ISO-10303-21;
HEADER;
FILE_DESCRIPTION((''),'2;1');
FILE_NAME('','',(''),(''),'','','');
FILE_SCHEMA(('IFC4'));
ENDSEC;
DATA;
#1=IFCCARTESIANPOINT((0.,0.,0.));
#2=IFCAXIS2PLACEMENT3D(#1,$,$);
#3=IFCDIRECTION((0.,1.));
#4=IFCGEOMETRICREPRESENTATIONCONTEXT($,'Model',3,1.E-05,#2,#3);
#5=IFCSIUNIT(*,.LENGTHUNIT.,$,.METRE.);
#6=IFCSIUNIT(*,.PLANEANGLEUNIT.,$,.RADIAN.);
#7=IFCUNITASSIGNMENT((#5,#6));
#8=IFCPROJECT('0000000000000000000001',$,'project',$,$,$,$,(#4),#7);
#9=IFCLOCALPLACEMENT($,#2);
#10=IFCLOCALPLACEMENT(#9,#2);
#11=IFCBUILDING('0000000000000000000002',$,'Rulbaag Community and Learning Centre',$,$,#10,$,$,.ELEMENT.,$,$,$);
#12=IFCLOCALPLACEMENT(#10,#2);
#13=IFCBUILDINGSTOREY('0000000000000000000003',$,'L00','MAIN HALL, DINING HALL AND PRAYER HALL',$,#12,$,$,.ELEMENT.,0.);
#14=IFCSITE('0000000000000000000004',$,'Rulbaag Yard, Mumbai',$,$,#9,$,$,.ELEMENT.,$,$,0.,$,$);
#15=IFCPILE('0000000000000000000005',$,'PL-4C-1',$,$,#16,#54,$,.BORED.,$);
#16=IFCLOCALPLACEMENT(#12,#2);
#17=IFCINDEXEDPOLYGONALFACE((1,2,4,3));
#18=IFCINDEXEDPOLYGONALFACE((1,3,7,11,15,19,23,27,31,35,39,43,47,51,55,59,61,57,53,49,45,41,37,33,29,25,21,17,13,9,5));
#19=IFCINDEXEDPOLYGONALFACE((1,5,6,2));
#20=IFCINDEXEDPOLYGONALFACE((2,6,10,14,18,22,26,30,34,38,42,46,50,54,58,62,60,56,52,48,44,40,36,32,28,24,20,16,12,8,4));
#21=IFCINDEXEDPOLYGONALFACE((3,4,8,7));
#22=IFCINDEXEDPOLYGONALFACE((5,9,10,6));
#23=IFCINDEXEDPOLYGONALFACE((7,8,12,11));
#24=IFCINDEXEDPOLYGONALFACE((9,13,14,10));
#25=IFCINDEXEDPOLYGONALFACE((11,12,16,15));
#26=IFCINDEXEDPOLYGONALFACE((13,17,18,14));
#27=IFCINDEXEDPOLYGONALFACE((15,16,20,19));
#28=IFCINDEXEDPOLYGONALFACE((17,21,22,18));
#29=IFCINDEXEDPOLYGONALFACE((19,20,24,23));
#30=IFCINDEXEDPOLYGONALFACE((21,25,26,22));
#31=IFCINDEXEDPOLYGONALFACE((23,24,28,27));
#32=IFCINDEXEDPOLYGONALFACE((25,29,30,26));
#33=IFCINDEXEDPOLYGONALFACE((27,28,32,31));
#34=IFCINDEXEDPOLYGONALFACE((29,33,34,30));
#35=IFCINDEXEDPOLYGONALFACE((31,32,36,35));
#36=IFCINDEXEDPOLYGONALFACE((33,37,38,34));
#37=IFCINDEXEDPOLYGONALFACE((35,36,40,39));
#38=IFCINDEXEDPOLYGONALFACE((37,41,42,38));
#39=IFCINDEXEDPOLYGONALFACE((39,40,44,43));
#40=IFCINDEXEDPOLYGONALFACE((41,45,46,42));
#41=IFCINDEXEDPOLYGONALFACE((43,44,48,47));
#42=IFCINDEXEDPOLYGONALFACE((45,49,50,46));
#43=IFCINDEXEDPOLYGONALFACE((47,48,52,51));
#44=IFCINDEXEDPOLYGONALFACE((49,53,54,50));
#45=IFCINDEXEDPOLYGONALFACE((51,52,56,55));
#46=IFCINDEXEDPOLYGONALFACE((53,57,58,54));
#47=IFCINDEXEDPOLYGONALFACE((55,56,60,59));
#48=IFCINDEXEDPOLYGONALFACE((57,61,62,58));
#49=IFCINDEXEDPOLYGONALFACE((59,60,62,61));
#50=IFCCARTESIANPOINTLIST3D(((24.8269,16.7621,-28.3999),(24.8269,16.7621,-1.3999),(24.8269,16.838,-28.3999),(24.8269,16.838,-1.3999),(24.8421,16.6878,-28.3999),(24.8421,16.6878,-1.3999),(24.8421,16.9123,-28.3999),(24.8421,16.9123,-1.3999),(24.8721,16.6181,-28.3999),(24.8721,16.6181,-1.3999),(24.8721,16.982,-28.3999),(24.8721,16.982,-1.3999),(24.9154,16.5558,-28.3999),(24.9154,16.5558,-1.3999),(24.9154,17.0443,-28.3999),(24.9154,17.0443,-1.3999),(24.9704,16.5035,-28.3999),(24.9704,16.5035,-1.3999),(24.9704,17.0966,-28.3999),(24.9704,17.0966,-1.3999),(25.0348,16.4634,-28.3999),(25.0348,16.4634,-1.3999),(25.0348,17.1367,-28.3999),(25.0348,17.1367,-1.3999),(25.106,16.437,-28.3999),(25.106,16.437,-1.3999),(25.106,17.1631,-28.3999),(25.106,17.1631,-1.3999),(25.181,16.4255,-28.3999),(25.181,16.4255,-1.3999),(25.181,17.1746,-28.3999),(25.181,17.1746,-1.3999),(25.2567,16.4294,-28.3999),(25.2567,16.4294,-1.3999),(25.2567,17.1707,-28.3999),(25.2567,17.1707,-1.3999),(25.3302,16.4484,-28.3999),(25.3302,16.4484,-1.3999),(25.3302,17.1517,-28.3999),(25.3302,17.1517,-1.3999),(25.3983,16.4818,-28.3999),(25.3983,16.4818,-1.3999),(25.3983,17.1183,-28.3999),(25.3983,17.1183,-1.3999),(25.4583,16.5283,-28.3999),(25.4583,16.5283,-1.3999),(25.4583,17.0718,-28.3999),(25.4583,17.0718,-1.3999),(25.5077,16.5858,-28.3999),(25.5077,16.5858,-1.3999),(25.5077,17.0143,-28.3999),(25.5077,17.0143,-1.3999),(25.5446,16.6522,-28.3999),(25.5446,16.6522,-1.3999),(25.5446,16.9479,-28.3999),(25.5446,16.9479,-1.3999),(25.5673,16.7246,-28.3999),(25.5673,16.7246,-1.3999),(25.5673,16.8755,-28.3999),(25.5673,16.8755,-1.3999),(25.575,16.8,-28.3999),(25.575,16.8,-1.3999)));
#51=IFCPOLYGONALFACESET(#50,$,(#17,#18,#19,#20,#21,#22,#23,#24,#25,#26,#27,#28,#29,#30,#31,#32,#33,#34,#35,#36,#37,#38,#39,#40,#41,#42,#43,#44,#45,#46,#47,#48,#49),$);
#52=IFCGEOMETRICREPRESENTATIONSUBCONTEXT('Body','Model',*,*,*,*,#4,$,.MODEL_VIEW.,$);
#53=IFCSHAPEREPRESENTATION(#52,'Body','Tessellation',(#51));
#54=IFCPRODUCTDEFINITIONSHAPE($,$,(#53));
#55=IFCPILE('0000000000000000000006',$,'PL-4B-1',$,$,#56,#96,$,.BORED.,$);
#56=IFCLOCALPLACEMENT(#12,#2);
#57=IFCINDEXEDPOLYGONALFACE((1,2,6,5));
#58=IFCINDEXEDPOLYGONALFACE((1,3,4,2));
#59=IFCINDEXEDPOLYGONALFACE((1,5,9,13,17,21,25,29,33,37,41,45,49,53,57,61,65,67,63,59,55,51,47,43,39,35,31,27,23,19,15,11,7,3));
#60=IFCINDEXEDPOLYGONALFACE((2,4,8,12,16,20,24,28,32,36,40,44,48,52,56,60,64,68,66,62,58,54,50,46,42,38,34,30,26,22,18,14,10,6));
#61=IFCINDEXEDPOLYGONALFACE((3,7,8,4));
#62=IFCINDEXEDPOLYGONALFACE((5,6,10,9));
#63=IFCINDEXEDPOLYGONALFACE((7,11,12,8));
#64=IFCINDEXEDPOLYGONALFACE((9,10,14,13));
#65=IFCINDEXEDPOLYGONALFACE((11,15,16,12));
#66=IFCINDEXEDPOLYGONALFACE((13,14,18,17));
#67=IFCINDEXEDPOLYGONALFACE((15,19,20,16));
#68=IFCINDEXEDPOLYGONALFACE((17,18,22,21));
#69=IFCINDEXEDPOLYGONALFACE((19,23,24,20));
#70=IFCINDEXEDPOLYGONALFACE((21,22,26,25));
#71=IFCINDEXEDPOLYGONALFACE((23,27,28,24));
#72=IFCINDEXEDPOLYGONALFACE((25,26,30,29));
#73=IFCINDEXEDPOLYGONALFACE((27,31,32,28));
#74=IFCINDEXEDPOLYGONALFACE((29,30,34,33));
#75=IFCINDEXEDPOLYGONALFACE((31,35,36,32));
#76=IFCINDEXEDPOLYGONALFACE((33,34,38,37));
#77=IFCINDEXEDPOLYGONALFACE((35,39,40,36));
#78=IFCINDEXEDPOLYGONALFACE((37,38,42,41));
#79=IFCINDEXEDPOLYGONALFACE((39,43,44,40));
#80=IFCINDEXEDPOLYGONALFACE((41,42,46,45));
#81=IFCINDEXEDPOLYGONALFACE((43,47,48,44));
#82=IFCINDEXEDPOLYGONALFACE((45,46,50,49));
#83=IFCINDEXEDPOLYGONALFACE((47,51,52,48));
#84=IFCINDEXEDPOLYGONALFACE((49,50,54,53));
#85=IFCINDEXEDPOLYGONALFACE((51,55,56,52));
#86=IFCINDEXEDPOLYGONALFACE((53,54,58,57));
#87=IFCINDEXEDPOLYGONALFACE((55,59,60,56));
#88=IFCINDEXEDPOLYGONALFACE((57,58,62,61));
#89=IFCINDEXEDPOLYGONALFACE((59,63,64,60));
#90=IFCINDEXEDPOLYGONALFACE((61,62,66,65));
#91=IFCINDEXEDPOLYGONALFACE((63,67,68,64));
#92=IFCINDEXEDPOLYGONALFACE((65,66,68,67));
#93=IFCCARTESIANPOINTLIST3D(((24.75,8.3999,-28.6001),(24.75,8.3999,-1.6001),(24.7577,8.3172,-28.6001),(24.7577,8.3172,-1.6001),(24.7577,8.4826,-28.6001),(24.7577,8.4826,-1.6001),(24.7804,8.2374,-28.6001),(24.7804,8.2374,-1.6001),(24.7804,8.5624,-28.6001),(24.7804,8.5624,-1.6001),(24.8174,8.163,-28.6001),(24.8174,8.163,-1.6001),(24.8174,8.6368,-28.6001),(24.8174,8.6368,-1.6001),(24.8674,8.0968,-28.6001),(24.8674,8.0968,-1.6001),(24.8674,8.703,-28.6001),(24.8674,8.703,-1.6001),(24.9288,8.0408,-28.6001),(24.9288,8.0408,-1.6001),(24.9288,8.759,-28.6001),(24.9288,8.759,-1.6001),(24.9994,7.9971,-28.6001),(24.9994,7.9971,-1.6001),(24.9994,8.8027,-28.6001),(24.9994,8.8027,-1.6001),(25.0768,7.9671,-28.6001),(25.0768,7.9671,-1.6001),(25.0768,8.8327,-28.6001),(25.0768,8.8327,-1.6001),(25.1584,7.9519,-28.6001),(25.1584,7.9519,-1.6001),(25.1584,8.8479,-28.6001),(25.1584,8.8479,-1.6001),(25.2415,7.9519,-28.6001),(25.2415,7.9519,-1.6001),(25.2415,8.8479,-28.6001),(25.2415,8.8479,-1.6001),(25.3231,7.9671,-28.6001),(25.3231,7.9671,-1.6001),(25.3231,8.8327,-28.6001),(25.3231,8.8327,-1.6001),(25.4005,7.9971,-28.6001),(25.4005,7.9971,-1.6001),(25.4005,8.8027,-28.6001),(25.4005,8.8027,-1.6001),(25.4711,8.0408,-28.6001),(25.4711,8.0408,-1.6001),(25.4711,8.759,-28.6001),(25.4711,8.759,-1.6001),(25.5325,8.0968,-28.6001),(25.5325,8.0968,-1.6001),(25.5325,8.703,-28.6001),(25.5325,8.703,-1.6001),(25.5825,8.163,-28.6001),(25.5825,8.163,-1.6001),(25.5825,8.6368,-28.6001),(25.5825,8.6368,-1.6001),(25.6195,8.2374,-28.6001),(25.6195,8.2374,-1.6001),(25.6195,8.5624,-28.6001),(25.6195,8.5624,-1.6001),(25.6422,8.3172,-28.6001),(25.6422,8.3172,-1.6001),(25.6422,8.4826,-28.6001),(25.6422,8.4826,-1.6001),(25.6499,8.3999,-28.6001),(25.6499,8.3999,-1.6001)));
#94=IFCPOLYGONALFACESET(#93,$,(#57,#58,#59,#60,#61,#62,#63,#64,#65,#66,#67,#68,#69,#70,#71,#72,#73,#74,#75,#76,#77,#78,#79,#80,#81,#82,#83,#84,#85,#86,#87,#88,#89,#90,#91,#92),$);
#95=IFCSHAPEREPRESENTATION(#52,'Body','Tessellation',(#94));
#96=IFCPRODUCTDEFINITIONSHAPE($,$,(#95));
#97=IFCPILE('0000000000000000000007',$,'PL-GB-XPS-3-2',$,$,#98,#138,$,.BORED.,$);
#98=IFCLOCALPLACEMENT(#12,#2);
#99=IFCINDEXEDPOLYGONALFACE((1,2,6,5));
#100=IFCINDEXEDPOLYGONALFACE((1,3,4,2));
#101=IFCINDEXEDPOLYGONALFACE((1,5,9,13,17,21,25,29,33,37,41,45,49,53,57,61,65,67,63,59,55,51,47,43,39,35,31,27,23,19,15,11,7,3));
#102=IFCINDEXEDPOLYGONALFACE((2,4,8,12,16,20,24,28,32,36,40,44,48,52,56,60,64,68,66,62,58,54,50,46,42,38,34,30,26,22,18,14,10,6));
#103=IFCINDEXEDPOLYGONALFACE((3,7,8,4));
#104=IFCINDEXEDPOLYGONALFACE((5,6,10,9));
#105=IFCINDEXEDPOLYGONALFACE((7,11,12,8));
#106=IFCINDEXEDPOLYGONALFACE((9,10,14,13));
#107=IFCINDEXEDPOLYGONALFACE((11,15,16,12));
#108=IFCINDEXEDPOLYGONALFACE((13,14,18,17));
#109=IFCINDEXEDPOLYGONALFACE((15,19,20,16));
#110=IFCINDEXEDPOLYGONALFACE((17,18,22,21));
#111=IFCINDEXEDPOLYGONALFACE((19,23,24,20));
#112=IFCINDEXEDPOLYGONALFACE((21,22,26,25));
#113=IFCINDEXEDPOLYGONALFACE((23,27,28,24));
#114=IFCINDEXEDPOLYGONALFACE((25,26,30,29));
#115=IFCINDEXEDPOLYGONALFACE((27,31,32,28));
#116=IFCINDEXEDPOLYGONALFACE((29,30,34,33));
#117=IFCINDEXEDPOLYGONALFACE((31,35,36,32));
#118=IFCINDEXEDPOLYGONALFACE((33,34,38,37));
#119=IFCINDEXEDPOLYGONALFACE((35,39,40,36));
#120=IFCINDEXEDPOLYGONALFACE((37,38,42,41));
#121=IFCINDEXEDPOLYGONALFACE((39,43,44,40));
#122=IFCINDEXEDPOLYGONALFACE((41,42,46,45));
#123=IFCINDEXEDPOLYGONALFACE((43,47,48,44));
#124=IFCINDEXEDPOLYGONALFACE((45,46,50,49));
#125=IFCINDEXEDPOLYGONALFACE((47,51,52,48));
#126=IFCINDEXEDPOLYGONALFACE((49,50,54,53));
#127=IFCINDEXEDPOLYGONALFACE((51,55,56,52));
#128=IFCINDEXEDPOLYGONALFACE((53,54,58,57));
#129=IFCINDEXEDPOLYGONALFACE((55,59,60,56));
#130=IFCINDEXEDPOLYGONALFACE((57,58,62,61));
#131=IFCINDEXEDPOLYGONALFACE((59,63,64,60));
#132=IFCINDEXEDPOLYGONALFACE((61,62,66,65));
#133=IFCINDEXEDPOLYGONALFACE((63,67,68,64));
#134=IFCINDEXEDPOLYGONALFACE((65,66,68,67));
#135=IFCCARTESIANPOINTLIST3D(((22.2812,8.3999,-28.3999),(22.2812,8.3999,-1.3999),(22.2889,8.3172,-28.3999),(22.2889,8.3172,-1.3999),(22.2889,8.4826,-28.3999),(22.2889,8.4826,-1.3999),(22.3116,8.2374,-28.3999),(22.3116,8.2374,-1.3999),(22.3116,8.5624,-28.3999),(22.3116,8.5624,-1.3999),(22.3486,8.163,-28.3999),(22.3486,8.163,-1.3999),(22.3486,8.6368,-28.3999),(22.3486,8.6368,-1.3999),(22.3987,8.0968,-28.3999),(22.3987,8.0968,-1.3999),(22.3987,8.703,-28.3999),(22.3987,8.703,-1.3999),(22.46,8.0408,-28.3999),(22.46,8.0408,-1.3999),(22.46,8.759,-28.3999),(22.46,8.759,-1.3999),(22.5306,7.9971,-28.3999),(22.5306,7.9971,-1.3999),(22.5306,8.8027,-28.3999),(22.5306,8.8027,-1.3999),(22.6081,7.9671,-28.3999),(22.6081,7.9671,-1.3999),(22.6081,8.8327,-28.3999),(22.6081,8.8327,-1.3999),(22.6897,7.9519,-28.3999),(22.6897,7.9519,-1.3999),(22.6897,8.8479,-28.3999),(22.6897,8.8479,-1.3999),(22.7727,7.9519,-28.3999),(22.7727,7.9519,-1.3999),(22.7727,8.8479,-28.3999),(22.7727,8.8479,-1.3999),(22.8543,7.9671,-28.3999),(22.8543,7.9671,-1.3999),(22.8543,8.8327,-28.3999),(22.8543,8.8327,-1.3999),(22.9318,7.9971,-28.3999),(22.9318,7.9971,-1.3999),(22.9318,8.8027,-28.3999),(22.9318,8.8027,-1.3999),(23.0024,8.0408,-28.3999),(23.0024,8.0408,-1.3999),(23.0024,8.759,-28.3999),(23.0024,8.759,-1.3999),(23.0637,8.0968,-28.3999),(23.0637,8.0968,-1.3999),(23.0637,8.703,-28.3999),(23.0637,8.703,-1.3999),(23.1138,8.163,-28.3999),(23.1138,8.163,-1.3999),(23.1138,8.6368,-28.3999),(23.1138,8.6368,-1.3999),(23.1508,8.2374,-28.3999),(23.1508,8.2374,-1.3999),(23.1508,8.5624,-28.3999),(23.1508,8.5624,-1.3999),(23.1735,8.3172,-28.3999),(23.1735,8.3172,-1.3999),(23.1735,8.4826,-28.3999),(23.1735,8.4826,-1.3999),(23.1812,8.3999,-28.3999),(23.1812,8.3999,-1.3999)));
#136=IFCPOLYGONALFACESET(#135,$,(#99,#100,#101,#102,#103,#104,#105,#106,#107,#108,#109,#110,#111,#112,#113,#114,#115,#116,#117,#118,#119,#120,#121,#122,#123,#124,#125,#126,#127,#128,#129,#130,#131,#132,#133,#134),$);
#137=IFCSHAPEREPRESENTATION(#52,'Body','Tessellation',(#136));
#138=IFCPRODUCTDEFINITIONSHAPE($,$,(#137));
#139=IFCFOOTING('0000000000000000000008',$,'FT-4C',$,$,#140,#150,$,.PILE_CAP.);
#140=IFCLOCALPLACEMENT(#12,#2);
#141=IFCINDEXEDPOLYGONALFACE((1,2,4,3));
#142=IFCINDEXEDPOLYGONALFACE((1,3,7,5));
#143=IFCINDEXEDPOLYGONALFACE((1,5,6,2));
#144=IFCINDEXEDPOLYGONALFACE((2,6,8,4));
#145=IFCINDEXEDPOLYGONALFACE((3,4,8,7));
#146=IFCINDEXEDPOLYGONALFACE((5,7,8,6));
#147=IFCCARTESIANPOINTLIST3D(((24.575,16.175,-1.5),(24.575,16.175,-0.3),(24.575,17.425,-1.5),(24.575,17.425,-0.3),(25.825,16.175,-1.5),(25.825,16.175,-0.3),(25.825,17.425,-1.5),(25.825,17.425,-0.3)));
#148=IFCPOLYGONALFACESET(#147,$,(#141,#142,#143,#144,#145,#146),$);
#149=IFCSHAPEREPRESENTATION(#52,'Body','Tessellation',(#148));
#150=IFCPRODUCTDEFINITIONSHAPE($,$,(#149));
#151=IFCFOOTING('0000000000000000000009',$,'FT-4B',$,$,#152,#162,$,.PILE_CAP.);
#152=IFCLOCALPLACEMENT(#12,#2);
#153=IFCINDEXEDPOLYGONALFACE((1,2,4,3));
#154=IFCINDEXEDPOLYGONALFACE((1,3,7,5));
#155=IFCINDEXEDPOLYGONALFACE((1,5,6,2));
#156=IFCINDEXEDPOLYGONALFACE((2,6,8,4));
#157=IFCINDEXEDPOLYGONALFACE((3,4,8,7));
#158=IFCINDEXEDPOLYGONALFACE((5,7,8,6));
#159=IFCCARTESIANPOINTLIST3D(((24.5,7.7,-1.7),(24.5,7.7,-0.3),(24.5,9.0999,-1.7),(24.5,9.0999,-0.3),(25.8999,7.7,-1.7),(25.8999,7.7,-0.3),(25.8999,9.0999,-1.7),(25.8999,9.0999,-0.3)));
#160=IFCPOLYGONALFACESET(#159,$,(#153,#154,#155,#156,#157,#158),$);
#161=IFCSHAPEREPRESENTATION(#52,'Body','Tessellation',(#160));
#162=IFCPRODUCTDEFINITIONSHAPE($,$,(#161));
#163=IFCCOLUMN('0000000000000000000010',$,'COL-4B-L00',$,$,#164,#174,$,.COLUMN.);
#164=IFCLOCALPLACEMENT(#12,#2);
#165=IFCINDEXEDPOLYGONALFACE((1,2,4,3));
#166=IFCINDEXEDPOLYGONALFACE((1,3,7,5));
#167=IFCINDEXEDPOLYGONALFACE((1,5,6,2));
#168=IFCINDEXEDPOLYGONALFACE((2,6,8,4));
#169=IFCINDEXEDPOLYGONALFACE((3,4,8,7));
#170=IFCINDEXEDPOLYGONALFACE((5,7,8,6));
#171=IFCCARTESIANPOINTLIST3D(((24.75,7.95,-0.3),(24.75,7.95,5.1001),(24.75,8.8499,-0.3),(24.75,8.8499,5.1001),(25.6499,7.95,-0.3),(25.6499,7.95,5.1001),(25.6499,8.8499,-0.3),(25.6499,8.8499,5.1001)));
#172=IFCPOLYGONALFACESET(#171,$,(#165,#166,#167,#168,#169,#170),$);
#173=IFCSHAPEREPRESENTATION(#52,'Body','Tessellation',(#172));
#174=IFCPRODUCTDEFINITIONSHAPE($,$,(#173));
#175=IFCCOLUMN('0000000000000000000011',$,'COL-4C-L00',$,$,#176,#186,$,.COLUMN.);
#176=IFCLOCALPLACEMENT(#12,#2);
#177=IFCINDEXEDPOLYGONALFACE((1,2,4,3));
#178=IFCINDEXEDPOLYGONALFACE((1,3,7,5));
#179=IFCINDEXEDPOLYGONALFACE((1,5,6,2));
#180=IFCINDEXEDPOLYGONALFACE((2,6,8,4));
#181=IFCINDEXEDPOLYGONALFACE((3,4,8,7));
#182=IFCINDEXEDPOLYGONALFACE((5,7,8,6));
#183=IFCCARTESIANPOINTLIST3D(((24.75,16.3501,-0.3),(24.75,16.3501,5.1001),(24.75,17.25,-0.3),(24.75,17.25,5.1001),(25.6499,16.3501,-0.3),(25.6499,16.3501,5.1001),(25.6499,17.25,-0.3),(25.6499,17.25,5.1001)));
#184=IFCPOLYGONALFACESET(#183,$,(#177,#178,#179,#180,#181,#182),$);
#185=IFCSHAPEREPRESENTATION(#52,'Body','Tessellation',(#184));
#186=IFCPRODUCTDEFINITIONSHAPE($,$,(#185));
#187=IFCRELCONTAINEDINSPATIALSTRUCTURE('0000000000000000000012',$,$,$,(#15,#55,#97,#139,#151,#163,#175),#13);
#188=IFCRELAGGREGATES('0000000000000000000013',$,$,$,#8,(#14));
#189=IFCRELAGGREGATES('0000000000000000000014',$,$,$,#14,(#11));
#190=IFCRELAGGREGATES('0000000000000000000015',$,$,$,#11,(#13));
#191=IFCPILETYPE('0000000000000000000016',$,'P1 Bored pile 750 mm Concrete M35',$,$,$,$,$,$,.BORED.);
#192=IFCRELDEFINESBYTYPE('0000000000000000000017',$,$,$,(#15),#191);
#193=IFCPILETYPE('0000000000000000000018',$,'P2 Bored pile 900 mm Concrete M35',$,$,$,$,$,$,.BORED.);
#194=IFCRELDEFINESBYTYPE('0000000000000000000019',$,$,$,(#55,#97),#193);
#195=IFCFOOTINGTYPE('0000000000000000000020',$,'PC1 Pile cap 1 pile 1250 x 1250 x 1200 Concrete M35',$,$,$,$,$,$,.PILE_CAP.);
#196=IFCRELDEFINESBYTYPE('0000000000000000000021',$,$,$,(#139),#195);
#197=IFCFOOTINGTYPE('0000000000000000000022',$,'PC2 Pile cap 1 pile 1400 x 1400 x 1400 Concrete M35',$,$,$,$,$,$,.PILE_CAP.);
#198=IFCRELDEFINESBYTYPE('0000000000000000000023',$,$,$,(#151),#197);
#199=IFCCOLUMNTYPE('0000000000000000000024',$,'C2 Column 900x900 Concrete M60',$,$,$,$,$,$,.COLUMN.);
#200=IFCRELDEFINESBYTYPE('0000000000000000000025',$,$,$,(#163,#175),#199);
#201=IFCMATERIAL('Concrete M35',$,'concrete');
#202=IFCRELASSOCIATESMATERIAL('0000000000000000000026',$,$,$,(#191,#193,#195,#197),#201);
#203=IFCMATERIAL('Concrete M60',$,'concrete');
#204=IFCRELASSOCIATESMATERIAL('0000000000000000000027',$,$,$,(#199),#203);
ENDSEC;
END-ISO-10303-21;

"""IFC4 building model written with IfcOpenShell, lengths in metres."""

from ifc_helpers import new_model, si_unit, direction, frame, origin, origin_2d, place, context, subcontext, project, spatial, rectangle, circle, extrude, material, material_profile, profile_set, type_object, element, save


model = new_model("IFC4")

# Units and contexts
model_context = context("Model", 3, precision=1e-05, world=origin(), true_north=direction((0.0, 1.0)))
body_context = subcontext(model_context, "Body", "Model", "MODEL_VIEW")
ifc_project = project(units=[si_unit("LENGTHUNIT", "METRE"), si_unit("PLANEANGLEUNIT", "RADIAN")], contexts=[model_context])

# Site, building, storey
site_placement = place(None, origin())
site = spatial("IfcSite", under=ifc_project, at=site_placement, Name="Rulbaag Yard, Mumbai", CompositionType="ELEMENT", RefElevation=0.0)
building_placement = place(site_placement, origin())
building = spatial("IfcBuilding", under=site, at=building_placement, Name="Rulbaag Community and Learning Centre", CompositionType="ELEMENT")
storey_placement = place(building_placement, origin())
storey = spatial("IfcBuildingStorey", under=building, at=storey_placement, Name="L00", Description="MAIN HALL, DINING HALL AND PRAYER HALL", CompositionType="ELEMENT", Elevation=0.0)

# Piles
ifc_material_1 = material(Name="Concrete M35", Category="concrete")
ifc_material_profile_1 = material_profile(ifc_material_1, circle(Radius=0.375, at=origin_2d()), Name="BP750")
ifc_profile_set_1 = profile_set([ifc_material_profile_1], Name="Concrete M35")
pile_type_1 = type_object("IfcPileType", Name="P1 Bored pile 750 mm Concrete M35", PredefinedType="BORED", material=ifc_profile_set_1)
pile_placement = place(storey_placement, frame((25.2, 16.8, -1.3999), z_axis=(0.0, 0.0, -1.0), x_axis=(1.0, 0.0, 0.0)))
element("IfcPile", 1, at=pile_placement, inside=storey, type_object=pile_type_1, Name="PL-4C-1", PredefinedType="BORED", context=body_context, shape_type="SweptSolid", body=[
    extrude(circle(Radius=0.375, at=origin_2d()), origin(), (0.0, 0.0, 1.0), 27.0),
])
ifc_material_profile_2 = material_profile(ifc_material_1, circle(Radius=0.45, at=origin_2d()), Name="BP900")
ifc_profile_set_2 = profile_set([ifc_material_profile_2], Name="Concrete M35")
pile_type_2 = type_object("IfcPileType", Name="P2 Bored pile 900 mm Concrete M35", PredefinedType="BORED", material=ifc_profile_set_2)
for number, where, z_axis, x_axis, name in (
    (2, (25.2, 8.3999, -1.6001), (0.0, 0.0, -1.0), (1.0, 0.0, 0.0), "PL-4B-1"),
    (3, (22.7312, 8.3999, -1.3999), (0.0, 0.0, -1.0), (1.0, 0.0, 0.0), "PL-GB-XPS-3-2"),
):
    element("IfcPile", number, at=place(storey_placement, frame(where, z_axis=z_axis, x_axis=x_axis)), inside=storey, type_object=pile_type_2, Name=name, PredefinedType="BORED", context=body_context, shape_type="SweptSolid", body=[
        extrude(circle(Radius=0.45, at=origin_2d()), origin(), (0.0, 0.0, 1.0), 27.0),
    ])

# Footings
footing_type_1 = type_object("IfcFootingType", Name="PC1 Pile cap 1 pile 1250 x 1250 x 1200 Concrete M35", PredefinedType="PILE_CAP", material=ifc_material_1)
footing_1_placement = place(storey_placement, frame((25.2, 16.8, -1.5), z_axis=(0.0, 0.0, 1.0), x_axis=(1.0, 0.0, 0.0)))
element("IfcFooting", 4, at=footing_1_placement, inside=storey, type_object=footing_type_1, Name="FT-4C", PredefinedType="PILE_CAP", context=body_context, shape_type="SweptSolid", body=[
    extrude(rectangle(XDim=1.25, YDim=1.25, at=origin_2d()), origin(), (0.0, 0.0, 1.0), 1.2),
])
footing_type_2 = type_object("IfcFootingType", Name="PC2 Pile cap 1 pile 1400 x 1400 x 1400 Concrete M35", PredefinedType="PILE_CAP", material=ifc_material_1)
footing_2_placement = place(storey_placement, frame((25.2, 8.3999, -1.7), z_axis=(0.0, 0.0, 1.0), x_axis=(1.0, 0.0, 0.0)))
element("IfcFooting", 5, at=footing_2_placement, inside=storey, type_object=footing_type_2, Name="FT-4B", PredefinedType="PILE_CAP", context=body_context, shape_type="SweptSolid", body=[
    extrude(rectangle(XDim=1.3999, YDim=1.3999, at=origin_2d()), origin(), (0.0, 0.0, 1.0), 1.3999),
])

# Columns
ifc_material_2 = material(Name="Concrete M60", Category="concrete")
ifc_material_profile_3 = material_profile(ifc_material_2, rectangle(XDim=0.8999, YDim=0.8999, at=origin_2d()), Name="RC900x900")
ifc_profile_set_3 = profile_set([ifc_material_profile_3], Name="Concrete M60")
column_type = type_object("IfcColumnType", Name="C2 Column 900x900 Concrete M60", PredefinedType="COLUMN", material=ifc_profile_set_3)
for number, where, z_axis, x_axis, name in (
    (6, (25.2, 8.3999, -0.3), (0.0, 0.0, 1.0), (1.0, 0.0, 0.0), "COL-4B-L00"),
    (7, (25.2, 16.8, -0.3), (0.0, 0.0, 1.0), (1.0, 0.0, 0.0), "COL-4C-L00"),
):
    element("IfcColumn", number, at=place(storey_placement, frame(where, z_axis=z_axis, x_axis=x_axis)), inside=storey, type_object=column_type, Name=name, PredefinedType="COLUMN", context=body_context, shape_type="SweptSolid", body=[
        extrude(rectangle(XDim=0.8999, YDim=0.8999, at=origin_2d()), origin(), (0.0, 0.0, 1.0), 5.4001),
    ])

save(model, "model.ifc")
